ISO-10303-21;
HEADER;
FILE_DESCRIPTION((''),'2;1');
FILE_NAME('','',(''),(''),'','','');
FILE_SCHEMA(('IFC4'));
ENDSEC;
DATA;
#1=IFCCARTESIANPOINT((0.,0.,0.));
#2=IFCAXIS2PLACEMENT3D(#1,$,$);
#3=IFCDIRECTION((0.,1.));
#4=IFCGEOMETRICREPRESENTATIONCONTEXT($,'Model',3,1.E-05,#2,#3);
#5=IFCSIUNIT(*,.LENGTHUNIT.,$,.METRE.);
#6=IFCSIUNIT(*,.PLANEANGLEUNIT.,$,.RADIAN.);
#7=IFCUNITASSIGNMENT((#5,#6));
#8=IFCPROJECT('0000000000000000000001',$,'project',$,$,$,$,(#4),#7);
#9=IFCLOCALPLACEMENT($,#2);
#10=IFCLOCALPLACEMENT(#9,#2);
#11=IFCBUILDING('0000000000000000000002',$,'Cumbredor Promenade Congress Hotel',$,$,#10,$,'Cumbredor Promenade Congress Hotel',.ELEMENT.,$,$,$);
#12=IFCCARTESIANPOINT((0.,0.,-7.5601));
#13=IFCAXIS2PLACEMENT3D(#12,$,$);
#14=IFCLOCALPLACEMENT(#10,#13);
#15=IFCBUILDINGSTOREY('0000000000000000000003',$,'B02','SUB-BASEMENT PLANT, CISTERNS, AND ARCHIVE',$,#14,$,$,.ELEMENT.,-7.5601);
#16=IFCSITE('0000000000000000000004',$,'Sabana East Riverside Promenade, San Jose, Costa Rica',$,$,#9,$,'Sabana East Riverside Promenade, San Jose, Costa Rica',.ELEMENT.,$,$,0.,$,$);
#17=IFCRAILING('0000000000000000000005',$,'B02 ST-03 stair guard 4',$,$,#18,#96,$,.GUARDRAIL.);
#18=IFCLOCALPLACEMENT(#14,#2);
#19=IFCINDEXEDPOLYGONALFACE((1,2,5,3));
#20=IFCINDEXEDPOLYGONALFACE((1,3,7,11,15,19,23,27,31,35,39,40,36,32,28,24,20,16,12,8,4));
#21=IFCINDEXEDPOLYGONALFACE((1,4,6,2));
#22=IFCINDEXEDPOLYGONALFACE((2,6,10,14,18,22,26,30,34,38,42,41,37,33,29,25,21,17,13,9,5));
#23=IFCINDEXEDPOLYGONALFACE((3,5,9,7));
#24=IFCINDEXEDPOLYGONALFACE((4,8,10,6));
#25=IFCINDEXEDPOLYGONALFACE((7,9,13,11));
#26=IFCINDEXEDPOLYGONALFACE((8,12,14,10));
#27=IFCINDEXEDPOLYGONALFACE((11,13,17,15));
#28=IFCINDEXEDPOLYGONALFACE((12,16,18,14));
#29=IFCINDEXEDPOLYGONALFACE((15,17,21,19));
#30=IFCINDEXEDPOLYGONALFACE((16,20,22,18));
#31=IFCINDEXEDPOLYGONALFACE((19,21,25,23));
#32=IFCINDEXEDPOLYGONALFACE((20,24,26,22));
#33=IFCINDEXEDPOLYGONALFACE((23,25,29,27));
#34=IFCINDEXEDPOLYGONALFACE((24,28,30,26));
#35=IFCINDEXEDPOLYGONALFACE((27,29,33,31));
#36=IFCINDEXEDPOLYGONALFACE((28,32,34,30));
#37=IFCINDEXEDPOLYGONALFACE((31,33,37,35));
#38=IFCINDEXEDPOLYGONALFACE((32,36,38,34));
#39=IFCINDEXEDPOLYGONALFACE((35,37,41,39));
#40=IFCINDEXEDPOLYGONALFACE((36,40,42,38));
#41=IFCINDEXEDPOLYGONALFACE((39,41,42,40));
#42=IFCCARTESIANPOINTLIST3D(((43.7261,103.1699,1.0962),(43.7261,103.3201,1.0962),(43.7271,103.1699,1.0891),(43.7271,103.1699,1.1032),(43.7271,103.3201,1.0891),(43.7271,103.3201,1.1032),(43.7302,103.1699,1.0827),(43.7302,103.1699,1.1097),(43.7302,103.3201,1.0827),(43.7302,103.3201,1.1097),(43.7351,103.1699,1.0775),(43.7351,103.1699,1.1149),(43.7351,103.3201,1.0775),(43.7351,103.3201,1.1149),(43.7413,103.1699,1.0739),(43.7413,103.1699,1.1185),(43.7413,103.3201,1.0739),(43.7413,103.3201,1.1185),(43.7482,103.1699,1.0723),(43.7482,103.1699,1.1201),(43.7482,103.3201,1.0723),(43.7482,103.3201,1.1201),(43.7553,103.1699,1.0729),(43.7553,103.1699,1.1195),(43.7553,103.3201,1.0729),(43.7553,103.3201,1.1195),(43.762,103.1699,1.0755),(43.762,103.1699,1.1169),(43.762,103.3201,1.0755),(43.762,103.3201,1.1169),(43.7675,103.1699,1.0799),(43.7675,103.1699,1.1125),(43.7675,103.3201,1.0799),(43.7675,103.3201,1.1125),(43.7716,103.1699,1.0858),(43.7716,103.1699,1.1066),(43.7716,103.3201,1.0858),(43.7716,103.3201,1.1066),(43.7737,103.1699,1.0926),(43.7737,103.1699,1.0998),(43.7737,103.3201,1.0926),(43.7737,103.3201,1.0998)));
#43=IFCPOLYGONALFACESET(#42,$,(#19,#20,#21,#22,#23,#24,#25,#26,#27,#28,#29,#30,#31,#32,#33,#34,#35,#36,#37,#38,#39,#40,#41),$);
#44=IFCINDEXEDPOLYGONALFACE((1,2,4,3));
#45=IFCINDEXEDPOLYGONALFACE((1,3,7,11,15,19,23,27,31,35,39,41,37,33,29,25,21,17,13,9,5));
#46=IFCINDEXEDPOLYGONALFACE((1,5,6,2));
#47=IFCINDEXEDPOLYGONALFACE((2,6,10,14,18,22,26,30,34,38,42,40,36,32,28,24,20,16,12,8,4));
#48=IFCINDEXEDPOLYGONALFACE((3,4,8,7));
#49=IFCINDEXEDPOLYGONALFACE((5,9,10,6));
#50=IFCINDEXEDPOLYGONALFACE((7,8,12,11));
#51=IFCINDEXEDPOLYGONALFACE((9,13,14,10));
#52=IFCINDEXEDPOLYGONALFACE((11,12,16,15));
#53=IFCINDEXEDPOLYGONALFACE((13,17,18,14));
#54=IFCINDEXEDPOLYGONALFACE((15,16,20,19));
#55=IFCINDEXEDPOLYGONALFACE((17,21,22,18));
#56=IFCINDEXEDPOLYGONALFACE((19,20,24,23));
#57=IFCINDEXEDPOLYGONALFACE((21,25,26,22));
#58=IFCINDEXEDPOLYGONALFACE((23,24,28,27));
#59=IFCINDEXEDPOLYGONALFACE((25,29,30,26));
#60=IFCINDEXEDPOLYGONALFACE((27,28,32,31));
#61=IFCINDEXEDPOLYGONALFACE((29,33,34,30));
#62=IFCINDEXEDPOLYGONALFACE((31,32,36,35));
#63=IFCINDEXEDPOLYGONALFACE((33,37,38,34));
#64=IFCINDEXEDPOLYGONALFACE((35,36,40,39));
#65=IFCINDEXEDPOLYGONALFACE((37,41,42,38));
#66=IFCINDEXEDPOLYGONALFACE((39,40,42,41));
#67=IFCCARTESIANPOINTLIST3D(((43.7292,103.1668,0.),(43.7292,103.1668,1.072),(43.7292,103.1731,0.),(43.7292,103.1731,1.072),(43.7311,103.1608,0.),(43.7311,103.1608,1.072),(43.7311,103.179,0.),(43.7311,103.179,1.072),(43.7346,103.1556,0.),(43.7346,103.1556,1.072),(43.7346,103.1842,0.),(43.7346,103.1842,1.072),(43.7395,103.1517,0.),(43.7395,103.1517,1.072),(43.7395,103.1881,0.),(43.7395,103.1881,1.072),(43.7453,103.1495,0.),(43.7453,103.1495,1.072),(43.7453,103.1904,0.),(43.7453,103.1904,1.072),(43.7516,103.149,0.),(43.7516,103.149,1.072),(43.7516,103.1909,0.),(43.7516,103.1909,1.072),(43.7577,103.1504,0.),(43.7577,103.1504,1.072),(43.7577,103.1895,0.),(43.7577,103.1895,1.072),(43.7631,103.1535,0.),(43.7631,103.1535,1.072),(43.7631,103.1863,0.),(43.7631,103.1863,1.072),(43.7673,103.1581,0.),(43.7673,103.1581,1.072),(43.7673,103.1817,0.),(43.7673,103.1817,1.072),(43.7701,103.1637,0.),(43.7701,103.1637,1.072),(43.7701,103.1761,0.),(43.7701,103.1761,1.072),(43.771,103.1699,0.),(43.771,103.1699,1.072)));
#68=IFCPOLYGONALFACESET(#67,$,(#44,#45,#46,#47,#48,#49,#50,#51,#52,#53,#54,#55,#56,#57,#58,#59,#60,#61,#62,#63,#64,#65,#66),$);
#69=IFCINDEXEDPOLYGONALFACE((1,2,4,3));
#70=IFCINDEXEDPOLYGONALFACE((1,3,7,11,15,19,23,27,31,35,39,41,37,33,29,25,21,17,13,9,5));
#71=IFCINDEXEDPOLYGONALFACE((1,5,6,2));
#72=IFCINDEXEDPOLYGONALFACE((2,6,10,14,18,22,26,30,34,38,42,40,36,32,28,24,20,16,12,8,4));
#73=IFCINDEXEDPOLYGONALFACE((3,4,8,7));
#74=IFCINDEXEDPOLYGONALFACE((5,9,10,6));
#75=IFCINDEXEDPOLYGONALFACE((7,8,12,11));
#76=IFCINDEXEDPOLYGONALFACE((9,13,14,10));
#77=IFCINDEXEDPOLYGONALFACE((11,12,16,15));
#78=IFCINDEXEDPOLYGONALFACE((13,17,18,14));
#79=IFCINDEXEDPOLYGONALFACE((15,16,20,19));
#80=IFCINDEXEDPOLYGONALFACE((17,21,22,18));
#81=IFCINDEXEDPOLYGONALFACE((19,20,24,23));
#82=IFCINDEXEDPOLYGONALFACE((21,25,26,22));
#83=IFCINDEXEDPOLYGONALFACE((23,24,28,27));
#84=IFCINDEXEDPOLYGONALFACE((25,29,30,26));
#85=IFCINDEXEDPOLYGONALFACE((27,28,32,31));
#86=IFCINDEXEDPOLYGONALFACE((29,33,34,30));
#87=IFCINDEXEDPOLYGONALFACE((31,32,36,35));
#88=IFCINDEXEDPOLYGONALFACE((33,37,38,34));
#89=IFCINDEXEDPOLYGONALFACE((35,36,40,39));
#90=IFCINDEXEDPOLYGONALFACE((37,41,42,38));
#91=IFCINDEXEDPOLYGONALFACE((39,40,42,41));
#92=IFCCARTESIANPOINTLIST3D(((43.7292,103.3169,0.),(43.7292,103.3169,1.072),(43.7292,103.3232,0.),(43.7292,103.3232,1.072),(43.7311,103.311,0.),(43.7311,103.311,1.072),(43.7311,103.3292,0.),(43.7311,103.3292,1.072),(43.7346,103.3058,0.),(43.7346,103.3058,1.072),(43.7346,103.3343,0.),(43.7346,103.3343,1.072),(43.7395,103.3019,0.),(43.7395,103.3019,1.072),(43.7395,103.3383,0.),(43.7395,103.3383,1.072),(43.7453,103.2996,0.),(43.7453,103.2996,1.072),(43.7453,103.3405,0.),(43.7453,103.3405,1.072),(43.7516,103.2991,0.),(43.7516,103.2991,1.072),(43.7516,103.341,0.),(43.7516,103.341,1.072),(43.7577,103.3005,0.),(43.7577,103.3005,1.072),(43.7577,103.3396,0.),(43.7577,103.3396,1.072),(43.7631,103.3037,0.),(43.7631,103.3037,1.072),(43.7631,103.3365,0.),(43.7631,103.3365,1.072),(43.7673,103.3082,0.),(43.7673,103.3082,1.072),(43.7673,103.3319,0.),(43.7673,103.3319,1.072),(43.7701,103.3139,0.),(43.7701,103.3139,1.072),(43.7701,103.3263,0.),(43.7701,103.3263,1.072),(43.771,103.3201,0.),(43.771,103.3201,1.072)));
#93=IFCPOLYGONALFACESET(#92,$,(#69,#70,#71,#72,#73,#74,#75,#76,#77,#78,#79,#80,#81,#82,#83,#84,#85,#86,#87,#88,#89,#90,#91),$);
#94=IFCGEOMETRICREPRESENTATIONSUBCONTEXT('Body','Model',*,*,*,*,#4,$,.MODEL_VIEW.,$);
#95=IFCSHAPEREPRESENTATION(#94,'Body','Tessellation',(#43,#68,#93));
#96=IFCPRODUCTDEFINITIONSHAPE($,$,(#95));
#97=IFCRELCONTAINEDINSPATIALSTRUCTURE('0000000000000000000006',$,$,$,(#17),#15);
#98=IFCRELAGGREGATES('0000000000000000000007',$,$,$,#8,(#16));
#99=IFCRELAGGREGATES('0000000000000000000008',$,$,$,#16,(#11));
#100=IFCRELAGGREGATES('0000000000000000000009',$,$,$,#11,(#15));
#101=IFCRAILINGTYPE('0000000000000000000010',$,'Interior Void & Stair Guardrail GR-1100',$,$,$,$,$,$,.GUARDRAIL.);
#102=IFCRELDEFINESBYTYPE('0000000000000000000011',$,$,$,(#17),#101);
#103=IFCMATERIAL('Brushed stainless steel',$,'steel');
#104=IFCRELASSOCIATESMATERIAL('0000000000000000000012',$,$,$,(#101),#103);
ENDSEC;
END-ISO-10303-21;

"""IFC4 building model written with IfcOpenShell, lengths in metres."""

from ifc_helpers import new_model, si_unit, direction, frame, origin, origin_2d, place, context, subcontext, project, spatial, circle, extrude, material, type_object, element, save


model = new_model("IFC4")

# Units and contexts
model_context = context("Model", 3, precision=1e-05, world=origin(), true_north=direction((0.0, 1.0)))
body_context = subcontext(model_context, "Body", "Model", "MODEL_VIEW")
ifc_project = project(units=[si_unit("LENGTHUNIT", "METRE"), si_unit("PLANEANGLEUNIT", "RADIAN")], contexts=[model_context])

# Site, building, storey
site_placement = place(None, origin())
site = spatial("IfcSite", under=ifc_project, at=site_placement, Name="Sabana East Riverside Promenade, San Jose, Costa Rica", LongName="Sabana East Riverside Promenade, San Jose, Costa Rica", CompositionType="ELEMENT", RefElevation=0.0)
building_placement = place(site_placement, origin())
building = spatial("IfcBuilding", under=site, at=building_placement, Name="Cumbredor Promenade Congress Hotel", LongName="Cumbredor Promenade Congress Hotel", CompositionType="ELEMENT")
storey_placement = place(building_placement, frame((0.0, 0.0, -7.5601)))
storey = spatial("IfcBuildingStorey", under=building, at=storey_placement, Name="B02", Description="SUB-BASEMENT PLANT, CISTERNS, AND ARCHIVE", CompositionType="ELEMENT", Elevation=-7.5601)

# Shared definitions
ifc_material_1 = material(Name="Brushed stainless steel", Category="steel")

# Railing
railing_type_1 = type_object("IfcRailingType", Name="Interior Void & Stair Guardrail GR-1100", PredefinedType="GUARDRAIL", material=ifc_material_1)
railing_1_placement = place(storey_placement, frame((43.75, 103.1699, 0.0)))
element("IfcRailing", 1, at=railing_1_placement, inside=storey, type_object=railing_type_1, Name="B02 ST-03 stair guard 4", PredefinedType="GUARDRAIL", context=body_context, shape_type="SweptSolid", body=[
    extrude(circle(Radius=0.0239, at=origin_2d()), frame((0.0, 0.0, 1.0962), z_axis=(0.0, 1.0, 0.0), x_axis=(-1.0, 0.0, 0.0)), (0.0, 0.0, 1.0), 0.1501),
    extrude(circle(Radius=0.021, at=origin_2d()), origin(), (0.0, 0.0, 1.0), 1.072),
    extrude(circle(Radius=0.021, at=origin_2d()), frame((0.0, 0.1501, 0.0)), (0.0, 0.0, 1.0), 1.072),
])

save(model, "model.ifc")
